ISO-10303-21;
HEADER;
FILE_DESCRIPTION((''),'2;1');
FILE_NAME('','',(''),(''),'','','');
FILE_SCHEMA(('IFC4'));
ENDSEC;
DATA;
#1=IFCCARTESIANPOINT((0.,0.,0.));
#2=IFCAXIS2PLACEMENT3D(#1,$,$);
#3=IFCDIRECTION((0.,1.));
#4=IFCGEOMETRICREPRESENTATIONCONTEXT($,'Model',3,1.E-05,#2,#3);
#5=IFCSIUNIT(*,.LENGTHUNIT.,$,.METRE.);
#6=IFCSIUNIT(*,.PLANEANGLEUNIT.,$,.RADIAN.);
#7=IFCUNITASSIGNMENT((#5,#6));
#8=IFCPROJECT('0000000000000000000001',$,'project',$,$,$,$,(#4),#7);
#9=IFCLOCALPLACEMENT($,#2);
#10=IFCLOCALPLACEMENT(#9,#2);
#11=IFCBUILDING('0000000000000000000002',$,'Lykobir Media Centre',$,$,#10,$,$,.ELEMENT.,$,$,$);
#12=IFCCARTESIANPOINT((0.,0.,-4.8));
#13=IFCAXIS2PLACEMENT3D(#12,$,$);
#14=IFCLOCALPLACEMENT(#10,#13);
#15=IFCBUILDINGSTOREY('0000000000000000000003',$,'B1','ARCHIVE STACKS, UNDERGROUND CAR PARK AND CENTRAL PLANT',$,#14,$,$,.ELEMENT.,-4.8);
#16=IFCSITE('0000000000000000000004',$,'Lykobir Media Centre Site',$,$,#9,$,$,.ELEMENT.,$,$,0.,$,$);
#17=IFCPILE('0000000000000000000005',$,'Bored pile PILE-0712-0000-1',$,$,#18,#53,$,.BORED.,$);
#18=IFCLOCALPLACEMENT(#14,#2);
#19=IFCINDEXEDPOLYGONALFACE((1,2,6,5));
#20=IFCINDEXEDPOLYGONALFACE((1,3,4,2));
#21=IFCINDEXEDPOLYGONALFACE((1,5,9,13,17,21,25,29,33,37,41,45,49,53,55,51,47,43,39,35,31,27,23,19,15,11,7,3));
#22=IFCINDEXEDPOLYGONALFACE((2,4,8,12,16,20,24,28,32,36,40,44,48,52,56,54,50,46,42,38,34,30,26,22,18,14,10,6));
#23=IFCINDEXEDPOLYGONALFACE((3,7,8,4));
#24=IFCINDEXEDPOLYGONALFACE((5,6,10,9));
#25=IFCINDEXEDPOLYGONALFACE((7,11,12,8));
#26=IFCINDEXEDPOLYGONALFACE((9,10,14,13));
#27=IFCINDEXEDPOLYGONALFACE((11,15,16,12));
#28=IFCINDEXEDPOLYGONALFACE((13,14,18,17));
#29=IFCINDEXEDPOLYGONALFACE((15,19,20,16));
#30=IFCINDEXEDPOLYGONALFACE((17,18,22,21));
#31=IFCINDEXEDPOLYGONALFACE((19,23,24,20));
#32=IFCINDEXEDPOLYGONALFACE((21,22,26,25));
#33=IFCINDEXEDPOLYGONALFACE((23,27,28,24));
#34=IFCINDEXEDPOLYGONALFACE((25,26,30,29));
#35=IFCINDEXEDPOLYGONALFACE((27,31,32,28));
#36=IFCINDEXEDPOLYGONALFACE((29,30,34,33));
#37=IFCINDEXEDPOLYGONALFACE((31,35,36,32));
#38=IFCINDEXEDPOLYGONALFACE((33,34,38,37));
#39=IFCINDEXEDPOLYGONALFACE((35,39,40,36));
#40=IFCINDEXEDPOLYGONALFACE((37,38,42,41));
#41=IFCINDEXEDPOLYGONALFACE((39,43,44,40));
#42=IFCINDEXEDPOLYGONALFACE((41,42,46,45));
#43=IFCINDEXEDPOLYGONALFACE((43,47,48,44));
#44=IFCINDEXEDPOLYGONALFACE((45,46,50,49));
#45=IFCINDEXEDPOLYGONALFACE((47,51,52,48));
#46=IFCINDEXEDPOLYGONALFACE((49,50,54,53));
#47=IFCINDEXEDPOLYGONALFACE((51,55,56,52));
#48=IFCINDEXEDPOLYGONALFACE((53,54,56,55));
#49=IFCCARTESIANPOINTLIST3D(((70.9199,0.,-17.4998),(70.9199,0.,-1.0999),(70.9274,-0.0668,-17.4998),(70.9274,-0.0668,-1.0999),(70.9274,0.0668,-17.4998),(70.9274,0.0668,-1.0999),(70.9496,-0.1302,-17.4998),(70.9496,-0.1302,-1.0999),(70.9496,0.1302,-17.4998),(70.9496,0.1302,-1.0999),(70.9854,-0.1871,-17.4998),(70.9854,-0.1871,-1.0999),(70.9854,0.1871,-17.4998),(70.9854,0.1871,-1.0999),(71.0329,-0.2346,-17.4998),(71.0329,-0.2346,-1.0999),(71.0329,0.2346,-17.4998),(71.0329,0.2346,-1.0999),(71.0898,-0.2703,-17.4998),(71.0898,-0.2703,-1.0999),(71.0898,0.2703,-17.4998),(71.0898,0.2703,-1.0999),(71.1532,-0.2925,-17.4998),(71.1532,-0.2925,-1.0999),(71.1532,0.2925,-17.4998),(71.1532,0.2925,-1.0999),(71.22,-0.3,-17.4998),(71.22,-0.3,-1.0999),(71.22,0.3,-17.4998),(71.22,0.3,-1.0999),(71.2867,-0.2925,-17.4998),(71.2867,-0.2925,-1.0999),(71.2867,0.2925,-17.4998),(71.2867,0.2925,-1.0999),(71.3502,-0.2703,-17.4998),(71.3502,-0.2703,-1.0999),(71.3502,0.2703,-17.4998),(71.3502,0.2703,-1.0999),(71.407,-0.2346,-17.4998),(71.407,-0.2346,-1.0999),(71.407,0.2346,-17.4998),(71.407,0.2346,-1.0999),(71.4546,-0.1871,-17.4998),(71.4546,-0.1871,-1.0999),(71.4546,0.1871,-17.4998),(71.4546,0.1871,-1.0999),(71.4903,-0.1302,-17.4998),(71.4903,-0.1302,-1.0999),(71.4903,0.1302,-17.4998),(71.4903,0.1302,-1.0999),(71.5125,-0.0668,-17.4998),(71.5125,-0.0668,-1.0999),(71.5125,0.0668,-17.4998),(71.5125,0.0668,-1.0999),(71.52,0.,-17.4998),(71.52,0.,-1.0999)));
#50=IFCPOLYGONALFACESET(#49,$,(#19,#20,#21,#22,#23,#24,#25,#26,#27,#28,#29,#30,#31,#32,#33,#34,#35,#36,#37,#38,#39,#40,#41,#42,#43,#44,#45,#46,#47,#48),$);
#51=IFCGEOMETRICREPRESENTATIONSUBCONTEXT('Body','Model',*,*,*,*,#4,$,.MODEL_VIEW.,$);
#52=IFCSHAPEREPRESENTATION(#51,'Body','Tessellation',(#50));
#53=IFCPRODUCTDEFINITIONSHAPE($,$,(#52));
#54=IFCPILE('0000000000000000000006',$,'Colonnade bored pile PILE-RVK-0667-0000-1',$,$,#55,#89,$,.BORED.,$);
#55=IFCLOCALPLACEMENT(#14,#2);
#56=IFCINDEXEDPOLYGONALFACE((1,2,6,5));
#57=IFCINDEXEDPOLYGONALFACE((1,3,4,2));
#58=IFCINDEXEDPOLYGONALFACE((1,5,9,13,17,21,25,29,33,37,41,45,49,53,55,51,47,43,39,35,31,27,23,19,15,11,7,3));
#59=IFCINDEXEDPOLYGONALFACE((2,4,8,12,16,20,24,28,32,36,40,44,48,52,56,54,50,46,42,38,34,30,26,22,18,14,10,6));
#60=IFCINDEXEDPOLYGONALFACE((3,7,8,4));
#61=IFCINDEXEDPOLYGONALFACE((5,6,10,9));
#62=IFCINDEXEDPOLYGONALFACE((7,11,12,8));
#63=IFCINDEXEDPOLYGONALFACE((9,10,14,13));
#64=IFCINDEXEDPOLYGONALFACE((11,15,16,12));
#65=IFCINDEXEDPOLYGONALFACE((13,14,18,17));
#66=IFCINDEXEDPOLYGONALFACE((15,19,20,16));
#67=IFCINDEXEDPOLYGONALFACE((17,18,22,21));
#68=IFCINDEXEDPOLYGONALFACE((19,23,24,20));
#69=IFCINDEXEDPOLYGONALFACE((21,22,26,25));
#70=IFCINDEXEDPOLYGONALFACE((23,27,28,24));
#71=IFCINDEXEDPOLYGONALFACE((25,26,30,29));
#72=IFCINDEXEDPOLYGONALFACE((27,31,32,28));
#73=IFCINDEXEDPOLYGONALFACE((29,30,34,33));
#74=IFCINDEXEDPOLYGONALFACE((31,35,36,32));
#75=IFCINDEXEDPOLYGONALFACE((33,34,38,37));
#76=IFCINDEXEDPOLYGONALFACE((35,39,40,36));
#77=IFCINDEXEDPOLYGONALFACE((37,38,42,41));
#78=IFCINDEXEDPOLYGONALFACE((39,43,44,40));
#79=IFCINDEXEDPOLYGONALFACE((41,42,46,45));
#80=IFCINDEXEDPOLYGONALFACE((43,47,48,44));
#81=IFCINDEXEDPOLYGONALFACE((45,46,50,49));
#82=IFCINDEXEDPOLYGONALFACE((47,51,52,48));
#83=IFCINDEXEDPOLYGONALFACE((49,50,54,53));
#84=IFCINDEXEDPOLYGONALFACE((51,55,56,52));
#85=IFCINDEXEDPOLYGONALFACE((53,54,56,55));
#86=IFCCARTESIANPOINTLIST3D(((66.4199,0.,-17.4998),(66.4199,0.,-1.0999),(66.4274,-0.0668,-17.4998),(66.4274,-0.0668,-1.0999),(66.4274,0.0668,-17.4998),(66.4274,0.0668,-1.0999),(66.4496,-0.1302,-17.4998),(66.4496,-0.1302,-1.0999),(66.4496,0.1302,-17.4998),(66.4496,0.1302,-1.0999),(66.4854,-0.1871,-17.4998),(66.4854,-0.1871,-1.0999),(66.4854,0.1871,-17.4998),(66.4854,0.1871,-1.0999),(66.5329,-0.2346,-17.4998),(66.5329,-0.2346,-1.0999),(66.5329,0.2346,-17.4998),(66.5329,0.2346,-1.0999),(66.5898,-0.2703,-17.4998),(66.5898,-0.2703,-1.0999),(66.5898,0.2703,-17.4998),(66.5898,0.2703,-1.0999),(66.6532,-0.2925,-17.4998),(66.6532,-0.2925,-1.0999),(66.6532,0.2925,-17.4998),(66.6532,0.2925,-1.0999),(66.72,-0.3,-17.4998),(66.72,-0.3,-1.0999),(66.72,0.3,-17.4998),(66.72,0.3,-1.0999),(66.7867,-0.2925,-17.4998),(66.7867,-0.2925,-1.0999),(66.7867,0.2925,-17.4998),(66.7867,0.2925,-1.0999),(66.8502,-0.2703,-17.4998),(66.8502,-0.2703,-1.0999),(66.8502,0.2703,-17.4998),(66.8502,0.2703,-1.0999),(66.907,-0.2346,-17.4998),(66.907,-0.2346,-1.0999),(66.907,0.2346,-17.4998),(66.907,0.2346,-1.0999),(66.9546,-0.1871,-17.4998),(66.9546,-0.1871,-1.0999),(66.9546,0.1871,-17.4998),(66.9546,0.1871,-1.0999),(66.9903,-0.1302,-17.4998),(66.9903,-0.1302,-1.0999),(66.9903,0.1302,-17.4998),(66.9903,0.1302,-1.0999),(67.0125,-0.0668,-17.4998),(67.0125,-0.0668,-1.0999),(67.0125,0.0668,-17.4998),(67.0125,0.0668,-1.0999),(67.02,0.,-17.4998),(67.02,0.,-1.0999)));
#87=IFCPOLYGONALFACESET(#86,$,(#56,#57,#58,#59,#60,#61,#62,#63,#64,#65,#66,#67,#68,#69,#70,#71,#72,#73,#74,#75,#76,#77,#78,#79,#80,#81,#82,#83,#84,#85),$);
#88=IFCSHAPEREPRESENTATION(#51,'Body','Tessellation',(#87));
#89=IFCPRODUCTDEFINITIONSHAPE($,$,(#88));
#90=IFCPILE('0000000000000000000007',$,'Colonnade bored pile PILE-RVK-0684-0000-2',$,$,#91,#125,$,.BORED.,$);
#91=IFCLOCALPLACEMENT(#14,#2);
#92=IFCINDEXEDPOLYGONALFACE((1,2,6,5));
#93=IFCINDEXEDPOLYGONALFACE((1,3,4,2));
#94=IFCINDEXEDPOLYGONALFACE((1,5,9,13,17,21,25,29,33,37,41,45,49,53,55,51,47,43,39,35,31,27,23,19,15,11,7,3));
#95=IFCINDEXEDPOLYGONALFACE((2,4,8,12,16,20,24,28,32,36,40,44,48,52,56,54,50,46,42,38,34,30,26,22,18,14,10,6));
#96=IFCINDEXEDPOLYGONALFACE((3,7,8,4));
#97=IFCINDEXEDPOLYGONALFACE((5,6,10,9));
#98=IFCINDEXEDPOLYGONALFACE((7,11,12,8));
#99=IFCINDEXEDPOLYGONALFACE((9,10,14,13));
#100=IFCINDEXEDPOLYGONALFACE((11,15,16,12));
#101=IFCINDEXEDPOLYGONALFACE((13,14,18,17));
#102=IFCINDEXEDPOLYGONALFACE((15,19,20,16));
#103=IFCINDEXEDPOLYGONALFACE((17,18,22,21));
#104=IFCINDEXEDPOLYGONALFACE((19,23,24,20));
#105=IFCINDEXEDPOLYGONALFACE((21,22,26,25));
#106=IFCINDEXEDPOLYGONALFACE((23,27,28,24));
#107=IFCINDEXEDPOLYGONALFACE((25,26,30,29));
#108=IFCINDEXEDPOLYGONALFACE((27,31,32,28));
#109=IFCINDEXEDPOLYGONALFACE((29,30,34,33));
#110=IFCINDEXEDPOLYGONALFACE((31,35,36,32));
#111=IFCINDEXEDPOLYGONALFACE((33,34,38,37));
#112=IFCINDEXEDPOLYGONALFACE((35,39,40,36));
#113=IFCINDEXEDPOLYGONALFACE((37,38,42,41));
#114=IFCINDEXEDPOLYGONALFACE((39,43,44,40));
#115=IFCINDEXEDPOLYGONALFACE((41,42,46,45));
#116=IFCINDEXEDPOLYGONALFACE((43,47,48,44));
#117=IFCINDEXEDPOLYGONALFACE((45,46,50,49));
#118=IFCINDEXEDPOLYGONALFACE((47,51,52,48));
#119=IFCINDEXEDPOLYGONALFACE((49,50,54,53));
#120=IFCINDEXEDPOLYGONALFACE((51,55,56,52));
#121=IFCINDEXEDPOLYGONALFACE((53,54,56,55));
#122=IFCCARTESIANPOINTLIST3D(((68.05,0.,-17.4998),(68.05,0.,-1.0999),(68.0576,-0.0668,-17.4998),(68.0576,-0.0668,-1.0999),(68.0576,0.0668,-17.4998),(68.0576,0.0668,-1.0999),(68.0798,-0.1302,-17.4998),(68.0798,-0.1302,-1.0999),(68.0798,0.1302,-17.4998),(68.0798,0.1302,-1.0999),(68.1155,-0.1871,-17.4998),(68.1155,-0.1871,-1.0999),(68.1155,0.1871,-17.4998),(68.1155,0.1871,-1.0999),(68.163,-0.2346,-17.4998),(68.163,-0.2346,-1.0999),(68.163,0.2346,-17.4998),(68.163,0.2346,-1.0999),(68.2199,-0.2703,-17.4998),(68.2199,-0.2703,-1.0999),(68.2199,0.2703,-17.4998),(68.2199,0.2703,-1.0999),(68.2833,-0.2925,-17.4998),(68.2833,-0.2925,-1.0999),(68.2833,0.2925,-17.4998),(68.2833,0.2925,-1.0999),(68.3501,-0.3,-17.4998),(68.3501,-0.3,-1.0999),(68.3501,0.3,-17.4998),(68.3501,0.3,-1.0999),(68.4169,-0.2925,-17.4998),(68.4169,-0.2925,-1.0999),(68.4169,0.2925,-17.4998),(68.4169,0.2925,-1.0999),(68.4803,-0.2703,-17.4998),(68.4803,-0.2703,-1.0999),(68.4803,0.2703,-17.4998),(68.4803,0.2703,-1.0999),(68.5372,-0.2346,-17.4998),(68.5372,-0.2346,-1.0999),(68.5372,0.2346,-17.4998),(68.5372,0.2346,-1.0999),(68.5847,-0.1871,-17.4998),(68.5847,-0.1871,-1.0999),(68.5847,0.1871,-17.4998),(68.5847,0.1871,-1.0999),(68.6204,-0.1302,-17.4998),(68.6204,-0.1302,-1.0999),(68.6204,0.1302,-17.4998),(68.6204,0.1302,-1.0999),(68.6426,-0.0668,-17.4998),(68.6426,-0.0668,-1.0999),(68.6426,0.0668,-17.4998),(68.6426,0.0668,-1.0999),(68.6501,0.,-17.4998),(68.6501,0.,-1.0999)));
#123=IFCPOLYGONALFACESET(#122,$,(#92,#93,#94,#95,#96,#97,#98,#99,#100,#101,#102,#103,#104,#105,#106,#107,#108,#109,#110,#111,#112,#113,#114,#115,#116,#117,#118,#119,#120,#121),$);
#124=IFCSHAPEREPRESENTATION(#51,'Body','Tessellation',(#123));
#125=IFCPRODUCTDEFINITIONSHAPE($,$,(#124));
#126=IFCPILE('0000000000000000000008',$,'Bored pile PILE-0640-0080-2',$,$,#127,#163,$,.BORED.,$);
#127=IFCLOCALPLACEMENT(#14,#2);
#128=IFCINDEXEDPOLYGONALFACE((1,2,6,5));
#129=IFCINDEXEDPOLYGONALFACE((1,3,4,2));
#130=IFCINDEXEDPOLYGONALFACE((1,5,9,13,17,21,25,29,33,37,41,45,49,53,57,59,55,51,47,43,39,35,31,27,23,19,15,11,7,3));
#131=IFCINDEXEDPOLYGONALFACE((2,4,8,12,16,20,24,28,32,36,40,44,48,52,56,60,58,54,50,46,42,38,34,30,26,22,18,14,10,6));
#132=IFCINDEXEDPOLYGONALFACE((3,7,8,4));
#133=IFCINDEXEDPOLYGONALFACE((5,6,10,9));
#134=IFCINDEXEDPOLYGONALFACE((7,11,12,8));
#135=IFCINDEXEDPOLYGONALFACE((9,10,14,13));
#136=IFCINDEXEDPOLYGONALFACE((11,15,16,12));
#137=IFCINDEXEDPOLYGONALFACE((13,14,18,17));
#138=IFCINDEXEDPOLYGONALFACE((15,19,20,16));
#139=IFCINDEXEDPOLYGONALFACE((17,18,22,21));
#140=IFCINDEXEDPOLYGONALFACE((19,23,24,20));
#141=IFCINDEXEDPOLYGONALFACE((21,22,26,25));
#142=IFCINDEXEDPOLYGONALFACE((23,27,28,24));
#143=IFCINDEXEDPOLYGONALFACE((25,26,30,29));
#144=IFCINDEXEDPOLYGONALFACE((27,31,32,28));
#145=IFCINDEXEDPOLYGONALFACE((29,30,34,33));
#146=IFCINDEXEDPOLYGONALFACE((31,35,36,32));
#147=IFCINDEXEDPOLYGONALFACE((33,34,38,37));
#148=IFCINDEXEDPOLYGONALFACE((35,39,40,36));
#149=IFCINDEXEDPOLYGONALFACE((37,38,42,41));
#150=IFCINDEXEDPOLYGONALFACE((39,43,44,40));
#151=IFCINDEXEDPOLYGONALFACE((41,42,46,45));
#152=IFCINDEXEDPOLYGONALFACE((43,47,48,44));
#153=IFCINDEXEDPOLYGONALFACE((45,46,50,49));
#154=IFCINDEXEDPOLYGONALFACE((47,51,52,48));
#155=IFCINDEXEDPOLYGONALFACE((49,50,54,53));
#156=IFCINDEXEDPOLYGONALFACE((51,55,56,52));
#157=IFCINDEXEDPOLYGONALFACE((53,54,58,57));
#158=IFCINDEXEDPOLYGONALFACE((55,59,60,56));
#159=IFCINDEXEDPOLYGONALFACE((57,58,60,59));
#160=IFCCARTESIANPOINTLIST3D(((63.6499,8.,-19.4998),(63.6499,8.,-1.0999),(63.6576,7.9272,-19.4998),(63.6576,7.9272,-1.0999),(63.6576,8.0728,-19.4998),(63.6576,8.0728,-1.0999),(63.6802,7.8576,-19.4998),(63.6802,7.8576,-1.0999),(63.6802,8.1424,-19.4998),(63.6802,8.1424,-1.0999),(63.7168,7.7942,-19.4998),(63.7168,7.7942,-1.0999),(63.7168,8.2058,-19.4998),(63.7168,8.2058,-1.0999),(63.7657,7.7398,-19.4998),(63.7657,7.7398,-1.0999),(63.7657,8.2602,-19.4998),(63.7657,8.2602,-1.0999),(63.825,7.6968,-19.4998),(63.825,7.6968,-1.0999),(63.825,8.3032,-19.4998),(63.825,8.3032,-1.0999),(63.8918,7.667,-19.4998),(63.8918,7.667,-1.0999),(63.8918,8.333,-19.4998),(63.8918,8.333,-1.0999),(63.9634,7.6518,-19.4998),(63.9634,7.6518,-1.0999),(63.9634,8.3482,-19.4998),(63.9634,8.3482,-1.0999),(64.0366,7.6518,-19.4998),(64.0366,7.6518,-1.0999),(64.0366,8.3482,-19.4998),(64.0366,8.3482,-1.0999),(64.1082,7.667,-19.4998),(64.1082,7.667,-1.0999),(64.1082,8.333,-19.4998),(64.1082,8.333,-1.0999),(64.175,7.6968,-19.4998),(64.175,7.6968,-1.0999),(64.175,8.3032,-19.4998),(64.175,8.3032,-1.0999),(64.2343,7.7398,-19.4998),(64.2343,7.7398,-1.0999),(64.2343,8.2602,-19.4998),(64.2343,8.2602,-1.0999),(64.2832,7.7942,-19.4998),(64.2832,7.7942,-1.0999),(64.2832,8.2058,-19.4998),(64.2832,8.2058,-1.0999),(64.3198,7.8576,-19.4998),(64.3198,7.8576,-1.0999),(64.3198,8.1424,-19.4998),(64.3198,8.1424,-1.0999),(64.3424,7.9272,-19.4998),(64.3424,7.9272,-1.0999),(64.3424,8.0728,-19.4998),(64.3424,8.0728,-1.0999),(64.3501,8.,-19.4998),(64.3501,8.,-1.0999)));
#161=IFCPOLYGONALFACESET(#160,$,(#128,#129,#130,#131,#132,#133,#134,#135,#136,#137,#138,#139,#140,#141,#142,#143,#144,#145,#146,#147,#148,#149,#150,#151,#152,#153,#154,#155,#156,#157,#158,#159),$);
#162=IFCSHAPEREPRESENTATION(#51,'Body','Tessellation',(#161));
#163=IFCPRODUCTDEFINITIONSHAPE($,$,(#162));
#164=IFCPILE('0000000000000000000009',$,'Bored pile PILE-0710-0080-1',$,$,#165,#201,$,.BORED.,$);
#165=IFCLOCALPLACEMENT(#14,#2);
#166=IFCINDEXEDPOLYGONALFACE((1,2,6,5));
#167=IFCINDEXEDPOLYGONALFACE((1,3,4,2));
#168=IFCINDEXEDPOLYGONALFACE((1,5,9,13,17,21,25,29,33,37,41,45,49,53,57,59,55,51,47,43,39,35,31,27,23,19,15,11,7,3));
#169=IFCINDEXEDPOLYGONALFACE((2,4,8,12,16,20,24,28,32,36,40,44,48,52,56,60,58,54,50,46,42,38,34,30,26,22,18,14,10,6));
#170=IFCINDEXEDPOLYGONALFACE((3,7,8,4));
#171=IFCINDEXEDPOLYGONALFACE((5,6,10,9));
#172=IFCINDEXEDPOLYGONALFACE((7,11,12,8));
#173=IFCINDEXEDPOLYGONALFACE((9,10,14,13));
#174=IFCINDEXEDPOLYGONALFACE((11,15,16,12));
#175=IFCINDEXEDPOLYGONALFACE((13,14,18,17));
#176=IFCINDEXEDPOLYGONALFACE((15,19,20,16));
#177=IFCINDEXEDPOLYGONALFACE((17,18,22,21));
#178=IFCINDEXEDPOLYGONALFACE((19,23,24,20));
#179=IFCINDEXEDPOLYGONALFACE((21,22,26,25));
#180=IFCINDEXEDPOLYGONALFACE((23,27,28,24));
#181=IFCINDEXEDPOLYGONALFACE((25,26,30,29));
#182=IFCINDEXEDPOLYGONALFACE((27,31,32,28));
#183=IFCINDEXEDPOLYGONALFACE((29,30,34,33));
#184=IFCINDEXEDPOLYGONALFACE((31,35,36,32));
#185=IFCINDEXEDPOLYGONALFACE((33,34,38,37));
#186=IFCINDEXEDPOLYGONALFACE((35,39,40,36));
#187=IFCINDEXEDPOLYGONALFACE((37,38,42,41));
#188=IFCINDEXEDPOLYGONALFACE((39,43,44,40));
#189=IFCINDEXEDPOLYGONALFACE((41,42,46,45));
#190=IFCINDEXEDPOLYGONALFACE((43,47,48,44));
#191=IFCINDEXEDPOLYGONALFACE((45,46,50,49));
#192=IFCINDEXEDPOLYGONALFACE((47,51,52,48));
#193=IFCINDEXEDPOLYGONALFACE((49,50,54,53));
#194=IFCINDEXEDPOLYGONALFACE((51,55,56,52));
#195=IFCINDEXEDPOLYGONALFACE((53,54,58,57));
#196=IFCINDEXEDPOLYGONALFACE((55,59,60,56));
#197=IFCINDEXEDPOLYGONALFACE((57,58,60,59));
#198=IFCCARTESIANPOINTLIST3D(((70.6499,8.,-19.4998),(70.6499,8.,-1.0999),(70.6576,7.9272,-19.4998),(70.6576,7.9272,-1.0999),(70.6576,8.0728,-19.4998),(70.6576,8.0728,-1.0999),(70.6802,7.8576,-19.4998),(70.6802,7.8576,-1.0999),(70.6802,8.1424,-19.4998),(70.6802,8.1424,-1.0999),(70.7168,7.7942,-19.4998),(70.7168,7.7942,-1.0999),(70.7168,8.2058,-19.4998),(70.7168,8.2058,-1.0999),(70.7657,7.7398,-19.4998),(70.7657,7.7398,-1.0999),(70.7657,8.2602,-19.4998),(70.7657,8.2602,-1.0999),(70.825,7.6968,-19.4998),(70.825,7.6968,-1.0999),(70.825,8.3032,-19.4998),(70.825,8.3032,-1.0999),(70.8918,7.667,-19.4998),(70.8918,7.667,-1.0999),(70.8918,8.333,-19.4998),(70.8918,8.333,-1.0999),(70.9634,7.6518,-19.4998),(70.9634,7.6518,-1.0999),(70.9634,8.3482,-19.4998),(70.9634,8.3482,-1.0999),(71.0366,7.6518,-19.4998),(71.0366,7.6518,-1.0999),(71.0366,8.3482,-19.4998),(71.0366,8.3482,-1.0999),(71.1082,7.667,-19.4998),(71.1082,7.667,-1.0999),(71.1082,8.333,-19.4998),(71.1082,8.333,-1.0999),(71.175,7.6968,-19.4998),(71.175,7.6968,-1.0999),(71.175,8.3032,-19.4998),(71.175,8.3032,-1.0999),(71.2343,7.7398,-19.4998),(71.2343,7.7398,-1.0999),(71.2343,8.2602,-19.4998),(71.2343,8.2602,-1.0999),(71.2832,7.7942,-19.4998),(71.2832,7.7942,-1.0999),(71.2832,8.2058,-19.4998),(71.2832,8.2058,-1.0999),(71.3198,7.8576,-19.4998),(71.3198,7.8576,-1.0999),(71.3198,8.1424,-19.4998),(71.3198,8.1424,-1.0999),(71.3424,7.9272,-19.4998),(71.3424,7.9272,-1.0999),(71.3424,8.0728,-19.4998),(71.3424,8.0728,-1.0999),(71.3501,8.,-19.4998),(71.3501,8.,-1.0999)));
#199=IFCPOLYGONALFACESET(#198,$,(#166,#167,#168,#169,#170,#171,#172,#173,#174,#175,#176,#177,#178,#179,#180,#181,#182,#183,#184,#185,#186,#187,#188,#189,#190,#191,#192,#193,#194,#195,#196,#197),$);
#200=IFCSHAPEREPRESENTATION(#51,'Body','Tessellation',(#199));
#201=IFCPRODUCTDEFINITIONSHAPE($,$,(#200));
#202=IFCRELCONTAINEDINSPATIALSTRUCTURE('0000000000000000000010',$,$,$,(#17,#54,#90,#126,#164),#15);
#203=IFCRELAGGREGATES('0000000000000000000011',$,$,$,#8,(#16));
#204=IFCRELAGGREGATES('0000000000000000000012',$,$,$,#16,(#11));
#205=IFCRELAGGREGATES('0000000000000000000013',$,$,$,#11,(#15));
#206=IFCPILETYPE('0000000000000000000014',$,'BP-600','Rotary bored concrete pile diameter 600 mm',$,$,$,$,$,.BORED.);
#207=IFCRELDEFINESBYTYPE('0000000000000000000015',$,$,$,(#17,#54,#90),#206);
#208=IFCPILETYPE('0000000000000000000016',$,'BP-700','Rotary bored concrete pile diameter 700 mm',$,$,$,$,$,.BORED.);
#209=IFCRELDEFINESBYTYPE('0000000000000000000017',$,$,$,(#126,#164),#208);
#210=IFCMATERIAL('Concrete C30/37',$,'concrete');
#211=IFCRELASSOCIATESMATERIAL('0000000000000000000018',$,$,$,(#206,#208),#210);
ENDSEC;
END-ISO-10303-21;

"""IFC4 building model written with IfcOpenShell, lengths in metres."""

from ifc_helpers import new_model, si_unit, direction, frame, origin, origin_2d, place, context, subcontext, project, spatial, circle, extrude, material, material_profile, profile_set, type_object, element, save


model = new_model("IFC4")

# Units and contexts
model_context = context("Model", 3, precision=1e-05, world=origin(), true_north=direction((0.0, 1.0)))
body_context = subcontext(model_context, "Body", "Model", "MODEL_VIEW")
ifc_project = project(units=[si_unit("LENGTHUNIT", "METRE"), si_unit("PLANEANGLEUNIT", "RADIAN")], contexts=[model_context])

# Site, building, storey
site_placement = place(None, origin())
site = spatial("IfcSite", under=ifc_project, at=site_placement, Name="Lykobir Media Centre Site", CompositionType="ELEMENT", RefElevation=0.0)
building_placement = place(site_placement, origin())
building = spatial("IfcBuilding", under=site, at=building_placement, Name="Lykobir Media Centre", CompositionType="ELEMENT")
storey_placement = place(building_placement, frame((0.0, 0.0, -4.8)))
storey = spatial("IfcBuildingStorey", under=building, at=storey_placement, Name="B1", Description="ARCHIVE STACKS, UNDERGROUND CAR PARK AND CENTRAL PLANT", CompositionType="ELEMENT", Elevation=-4.8)

# Piles
ifc_material_1 = material(Name="Concrete C30/37", Category="concrete")
ifc_material_profile_1 = material_profile(ifc_material_1, circle(Radius=0.3, at=origin_2d()), Name="BORED PILE D600")
ifc_profile_set_1 = profile_set([ifc_material_profile_1], Name="Concrete C30/37")
pile_type_1 = type_object("IfcPileType", Name="BP-600", Description="Rotary bored concrete pile diameter 600 mm", PredefinedType="BORED", material=ifc_profile_set_1)
for number, where, z_axis, x_axis, name in (
    (1, (71.22, 0.0, -1.0999), (0.0, 0.0, -1.0), (1.0, 0.0, 0.0), "Bored pile PILE-0712-0000-1"),
    (2, (66.72, 0.0, -1.0999), (0.0, 0.0, -1.0), (1.0, 0.0, 0.0), "Colonnade bored pile PILE-RVK-0667-0000-1"),
    (3, (68.3501, 0.0, -1.0999), (0.0, 0.0, -1.0), (1.0, 0.0, 0.0), "Colonnade bored pile PILE-RVK-0684-0000-2"),
):
    element("IfcPile", number, at=place(storey_placement, frame(where, z_axis=z_axis, x_axis=x_axis)), inside=storey, type_object=pile_type_1, Name=name, PredefinedType="BORED", context=body_context, shape_type="SweptSolid", body=[
        extrude(circle(Radius=0.3, at=origin_2d()), origin(), (0.0, 0.0, 1.0), 16.3999),
    ])
ifc_material_profile_2 = material_profile(ifc_material_1, circle(Radius=0.3501, at=origin_2d()), Name="BORED PILE D700")
ifc_profile_set_2 = profile_set([ifc_material_profile_2], Name="Concrete C30/37")
pile_type_2 = type_object("IfcPileType", Name="BP-700", Description="Rotary bored concrete pile diameter 700 mm", PredefinedType="BORED", material=ifc_profile_set_2)
for number, where, z_axis, x_axis, name in (
    (4, (64.0, 8.0, -1.0999), (0.0, 0.0, -1.0), (1.0, 0.0, 0.0), "Bored pile PILE-0640-0080-2"),
    (5, (71.0, 8.0, -1.0999), (0.0, 0.0, -1.0), (1.0, 0.0, 0.0), "Bored pile PILE-0710-0080-1"),
):
    element("IfcPile", number, at=place(storey_placement, frame(where, z_axis=z_axis, x_axis=x_axis)), inside=storey, type_object=pile_type_2, Name=name, PredefinedType="BORED", context=body_context, shape_type="SweptSolid", body=[
        extrude(circle(Radius=0.3501, at=origin_2d()), origin(), (0.0, 0.0, 1.0), 18.3999),
    ])

save(model, "model.ifc")
